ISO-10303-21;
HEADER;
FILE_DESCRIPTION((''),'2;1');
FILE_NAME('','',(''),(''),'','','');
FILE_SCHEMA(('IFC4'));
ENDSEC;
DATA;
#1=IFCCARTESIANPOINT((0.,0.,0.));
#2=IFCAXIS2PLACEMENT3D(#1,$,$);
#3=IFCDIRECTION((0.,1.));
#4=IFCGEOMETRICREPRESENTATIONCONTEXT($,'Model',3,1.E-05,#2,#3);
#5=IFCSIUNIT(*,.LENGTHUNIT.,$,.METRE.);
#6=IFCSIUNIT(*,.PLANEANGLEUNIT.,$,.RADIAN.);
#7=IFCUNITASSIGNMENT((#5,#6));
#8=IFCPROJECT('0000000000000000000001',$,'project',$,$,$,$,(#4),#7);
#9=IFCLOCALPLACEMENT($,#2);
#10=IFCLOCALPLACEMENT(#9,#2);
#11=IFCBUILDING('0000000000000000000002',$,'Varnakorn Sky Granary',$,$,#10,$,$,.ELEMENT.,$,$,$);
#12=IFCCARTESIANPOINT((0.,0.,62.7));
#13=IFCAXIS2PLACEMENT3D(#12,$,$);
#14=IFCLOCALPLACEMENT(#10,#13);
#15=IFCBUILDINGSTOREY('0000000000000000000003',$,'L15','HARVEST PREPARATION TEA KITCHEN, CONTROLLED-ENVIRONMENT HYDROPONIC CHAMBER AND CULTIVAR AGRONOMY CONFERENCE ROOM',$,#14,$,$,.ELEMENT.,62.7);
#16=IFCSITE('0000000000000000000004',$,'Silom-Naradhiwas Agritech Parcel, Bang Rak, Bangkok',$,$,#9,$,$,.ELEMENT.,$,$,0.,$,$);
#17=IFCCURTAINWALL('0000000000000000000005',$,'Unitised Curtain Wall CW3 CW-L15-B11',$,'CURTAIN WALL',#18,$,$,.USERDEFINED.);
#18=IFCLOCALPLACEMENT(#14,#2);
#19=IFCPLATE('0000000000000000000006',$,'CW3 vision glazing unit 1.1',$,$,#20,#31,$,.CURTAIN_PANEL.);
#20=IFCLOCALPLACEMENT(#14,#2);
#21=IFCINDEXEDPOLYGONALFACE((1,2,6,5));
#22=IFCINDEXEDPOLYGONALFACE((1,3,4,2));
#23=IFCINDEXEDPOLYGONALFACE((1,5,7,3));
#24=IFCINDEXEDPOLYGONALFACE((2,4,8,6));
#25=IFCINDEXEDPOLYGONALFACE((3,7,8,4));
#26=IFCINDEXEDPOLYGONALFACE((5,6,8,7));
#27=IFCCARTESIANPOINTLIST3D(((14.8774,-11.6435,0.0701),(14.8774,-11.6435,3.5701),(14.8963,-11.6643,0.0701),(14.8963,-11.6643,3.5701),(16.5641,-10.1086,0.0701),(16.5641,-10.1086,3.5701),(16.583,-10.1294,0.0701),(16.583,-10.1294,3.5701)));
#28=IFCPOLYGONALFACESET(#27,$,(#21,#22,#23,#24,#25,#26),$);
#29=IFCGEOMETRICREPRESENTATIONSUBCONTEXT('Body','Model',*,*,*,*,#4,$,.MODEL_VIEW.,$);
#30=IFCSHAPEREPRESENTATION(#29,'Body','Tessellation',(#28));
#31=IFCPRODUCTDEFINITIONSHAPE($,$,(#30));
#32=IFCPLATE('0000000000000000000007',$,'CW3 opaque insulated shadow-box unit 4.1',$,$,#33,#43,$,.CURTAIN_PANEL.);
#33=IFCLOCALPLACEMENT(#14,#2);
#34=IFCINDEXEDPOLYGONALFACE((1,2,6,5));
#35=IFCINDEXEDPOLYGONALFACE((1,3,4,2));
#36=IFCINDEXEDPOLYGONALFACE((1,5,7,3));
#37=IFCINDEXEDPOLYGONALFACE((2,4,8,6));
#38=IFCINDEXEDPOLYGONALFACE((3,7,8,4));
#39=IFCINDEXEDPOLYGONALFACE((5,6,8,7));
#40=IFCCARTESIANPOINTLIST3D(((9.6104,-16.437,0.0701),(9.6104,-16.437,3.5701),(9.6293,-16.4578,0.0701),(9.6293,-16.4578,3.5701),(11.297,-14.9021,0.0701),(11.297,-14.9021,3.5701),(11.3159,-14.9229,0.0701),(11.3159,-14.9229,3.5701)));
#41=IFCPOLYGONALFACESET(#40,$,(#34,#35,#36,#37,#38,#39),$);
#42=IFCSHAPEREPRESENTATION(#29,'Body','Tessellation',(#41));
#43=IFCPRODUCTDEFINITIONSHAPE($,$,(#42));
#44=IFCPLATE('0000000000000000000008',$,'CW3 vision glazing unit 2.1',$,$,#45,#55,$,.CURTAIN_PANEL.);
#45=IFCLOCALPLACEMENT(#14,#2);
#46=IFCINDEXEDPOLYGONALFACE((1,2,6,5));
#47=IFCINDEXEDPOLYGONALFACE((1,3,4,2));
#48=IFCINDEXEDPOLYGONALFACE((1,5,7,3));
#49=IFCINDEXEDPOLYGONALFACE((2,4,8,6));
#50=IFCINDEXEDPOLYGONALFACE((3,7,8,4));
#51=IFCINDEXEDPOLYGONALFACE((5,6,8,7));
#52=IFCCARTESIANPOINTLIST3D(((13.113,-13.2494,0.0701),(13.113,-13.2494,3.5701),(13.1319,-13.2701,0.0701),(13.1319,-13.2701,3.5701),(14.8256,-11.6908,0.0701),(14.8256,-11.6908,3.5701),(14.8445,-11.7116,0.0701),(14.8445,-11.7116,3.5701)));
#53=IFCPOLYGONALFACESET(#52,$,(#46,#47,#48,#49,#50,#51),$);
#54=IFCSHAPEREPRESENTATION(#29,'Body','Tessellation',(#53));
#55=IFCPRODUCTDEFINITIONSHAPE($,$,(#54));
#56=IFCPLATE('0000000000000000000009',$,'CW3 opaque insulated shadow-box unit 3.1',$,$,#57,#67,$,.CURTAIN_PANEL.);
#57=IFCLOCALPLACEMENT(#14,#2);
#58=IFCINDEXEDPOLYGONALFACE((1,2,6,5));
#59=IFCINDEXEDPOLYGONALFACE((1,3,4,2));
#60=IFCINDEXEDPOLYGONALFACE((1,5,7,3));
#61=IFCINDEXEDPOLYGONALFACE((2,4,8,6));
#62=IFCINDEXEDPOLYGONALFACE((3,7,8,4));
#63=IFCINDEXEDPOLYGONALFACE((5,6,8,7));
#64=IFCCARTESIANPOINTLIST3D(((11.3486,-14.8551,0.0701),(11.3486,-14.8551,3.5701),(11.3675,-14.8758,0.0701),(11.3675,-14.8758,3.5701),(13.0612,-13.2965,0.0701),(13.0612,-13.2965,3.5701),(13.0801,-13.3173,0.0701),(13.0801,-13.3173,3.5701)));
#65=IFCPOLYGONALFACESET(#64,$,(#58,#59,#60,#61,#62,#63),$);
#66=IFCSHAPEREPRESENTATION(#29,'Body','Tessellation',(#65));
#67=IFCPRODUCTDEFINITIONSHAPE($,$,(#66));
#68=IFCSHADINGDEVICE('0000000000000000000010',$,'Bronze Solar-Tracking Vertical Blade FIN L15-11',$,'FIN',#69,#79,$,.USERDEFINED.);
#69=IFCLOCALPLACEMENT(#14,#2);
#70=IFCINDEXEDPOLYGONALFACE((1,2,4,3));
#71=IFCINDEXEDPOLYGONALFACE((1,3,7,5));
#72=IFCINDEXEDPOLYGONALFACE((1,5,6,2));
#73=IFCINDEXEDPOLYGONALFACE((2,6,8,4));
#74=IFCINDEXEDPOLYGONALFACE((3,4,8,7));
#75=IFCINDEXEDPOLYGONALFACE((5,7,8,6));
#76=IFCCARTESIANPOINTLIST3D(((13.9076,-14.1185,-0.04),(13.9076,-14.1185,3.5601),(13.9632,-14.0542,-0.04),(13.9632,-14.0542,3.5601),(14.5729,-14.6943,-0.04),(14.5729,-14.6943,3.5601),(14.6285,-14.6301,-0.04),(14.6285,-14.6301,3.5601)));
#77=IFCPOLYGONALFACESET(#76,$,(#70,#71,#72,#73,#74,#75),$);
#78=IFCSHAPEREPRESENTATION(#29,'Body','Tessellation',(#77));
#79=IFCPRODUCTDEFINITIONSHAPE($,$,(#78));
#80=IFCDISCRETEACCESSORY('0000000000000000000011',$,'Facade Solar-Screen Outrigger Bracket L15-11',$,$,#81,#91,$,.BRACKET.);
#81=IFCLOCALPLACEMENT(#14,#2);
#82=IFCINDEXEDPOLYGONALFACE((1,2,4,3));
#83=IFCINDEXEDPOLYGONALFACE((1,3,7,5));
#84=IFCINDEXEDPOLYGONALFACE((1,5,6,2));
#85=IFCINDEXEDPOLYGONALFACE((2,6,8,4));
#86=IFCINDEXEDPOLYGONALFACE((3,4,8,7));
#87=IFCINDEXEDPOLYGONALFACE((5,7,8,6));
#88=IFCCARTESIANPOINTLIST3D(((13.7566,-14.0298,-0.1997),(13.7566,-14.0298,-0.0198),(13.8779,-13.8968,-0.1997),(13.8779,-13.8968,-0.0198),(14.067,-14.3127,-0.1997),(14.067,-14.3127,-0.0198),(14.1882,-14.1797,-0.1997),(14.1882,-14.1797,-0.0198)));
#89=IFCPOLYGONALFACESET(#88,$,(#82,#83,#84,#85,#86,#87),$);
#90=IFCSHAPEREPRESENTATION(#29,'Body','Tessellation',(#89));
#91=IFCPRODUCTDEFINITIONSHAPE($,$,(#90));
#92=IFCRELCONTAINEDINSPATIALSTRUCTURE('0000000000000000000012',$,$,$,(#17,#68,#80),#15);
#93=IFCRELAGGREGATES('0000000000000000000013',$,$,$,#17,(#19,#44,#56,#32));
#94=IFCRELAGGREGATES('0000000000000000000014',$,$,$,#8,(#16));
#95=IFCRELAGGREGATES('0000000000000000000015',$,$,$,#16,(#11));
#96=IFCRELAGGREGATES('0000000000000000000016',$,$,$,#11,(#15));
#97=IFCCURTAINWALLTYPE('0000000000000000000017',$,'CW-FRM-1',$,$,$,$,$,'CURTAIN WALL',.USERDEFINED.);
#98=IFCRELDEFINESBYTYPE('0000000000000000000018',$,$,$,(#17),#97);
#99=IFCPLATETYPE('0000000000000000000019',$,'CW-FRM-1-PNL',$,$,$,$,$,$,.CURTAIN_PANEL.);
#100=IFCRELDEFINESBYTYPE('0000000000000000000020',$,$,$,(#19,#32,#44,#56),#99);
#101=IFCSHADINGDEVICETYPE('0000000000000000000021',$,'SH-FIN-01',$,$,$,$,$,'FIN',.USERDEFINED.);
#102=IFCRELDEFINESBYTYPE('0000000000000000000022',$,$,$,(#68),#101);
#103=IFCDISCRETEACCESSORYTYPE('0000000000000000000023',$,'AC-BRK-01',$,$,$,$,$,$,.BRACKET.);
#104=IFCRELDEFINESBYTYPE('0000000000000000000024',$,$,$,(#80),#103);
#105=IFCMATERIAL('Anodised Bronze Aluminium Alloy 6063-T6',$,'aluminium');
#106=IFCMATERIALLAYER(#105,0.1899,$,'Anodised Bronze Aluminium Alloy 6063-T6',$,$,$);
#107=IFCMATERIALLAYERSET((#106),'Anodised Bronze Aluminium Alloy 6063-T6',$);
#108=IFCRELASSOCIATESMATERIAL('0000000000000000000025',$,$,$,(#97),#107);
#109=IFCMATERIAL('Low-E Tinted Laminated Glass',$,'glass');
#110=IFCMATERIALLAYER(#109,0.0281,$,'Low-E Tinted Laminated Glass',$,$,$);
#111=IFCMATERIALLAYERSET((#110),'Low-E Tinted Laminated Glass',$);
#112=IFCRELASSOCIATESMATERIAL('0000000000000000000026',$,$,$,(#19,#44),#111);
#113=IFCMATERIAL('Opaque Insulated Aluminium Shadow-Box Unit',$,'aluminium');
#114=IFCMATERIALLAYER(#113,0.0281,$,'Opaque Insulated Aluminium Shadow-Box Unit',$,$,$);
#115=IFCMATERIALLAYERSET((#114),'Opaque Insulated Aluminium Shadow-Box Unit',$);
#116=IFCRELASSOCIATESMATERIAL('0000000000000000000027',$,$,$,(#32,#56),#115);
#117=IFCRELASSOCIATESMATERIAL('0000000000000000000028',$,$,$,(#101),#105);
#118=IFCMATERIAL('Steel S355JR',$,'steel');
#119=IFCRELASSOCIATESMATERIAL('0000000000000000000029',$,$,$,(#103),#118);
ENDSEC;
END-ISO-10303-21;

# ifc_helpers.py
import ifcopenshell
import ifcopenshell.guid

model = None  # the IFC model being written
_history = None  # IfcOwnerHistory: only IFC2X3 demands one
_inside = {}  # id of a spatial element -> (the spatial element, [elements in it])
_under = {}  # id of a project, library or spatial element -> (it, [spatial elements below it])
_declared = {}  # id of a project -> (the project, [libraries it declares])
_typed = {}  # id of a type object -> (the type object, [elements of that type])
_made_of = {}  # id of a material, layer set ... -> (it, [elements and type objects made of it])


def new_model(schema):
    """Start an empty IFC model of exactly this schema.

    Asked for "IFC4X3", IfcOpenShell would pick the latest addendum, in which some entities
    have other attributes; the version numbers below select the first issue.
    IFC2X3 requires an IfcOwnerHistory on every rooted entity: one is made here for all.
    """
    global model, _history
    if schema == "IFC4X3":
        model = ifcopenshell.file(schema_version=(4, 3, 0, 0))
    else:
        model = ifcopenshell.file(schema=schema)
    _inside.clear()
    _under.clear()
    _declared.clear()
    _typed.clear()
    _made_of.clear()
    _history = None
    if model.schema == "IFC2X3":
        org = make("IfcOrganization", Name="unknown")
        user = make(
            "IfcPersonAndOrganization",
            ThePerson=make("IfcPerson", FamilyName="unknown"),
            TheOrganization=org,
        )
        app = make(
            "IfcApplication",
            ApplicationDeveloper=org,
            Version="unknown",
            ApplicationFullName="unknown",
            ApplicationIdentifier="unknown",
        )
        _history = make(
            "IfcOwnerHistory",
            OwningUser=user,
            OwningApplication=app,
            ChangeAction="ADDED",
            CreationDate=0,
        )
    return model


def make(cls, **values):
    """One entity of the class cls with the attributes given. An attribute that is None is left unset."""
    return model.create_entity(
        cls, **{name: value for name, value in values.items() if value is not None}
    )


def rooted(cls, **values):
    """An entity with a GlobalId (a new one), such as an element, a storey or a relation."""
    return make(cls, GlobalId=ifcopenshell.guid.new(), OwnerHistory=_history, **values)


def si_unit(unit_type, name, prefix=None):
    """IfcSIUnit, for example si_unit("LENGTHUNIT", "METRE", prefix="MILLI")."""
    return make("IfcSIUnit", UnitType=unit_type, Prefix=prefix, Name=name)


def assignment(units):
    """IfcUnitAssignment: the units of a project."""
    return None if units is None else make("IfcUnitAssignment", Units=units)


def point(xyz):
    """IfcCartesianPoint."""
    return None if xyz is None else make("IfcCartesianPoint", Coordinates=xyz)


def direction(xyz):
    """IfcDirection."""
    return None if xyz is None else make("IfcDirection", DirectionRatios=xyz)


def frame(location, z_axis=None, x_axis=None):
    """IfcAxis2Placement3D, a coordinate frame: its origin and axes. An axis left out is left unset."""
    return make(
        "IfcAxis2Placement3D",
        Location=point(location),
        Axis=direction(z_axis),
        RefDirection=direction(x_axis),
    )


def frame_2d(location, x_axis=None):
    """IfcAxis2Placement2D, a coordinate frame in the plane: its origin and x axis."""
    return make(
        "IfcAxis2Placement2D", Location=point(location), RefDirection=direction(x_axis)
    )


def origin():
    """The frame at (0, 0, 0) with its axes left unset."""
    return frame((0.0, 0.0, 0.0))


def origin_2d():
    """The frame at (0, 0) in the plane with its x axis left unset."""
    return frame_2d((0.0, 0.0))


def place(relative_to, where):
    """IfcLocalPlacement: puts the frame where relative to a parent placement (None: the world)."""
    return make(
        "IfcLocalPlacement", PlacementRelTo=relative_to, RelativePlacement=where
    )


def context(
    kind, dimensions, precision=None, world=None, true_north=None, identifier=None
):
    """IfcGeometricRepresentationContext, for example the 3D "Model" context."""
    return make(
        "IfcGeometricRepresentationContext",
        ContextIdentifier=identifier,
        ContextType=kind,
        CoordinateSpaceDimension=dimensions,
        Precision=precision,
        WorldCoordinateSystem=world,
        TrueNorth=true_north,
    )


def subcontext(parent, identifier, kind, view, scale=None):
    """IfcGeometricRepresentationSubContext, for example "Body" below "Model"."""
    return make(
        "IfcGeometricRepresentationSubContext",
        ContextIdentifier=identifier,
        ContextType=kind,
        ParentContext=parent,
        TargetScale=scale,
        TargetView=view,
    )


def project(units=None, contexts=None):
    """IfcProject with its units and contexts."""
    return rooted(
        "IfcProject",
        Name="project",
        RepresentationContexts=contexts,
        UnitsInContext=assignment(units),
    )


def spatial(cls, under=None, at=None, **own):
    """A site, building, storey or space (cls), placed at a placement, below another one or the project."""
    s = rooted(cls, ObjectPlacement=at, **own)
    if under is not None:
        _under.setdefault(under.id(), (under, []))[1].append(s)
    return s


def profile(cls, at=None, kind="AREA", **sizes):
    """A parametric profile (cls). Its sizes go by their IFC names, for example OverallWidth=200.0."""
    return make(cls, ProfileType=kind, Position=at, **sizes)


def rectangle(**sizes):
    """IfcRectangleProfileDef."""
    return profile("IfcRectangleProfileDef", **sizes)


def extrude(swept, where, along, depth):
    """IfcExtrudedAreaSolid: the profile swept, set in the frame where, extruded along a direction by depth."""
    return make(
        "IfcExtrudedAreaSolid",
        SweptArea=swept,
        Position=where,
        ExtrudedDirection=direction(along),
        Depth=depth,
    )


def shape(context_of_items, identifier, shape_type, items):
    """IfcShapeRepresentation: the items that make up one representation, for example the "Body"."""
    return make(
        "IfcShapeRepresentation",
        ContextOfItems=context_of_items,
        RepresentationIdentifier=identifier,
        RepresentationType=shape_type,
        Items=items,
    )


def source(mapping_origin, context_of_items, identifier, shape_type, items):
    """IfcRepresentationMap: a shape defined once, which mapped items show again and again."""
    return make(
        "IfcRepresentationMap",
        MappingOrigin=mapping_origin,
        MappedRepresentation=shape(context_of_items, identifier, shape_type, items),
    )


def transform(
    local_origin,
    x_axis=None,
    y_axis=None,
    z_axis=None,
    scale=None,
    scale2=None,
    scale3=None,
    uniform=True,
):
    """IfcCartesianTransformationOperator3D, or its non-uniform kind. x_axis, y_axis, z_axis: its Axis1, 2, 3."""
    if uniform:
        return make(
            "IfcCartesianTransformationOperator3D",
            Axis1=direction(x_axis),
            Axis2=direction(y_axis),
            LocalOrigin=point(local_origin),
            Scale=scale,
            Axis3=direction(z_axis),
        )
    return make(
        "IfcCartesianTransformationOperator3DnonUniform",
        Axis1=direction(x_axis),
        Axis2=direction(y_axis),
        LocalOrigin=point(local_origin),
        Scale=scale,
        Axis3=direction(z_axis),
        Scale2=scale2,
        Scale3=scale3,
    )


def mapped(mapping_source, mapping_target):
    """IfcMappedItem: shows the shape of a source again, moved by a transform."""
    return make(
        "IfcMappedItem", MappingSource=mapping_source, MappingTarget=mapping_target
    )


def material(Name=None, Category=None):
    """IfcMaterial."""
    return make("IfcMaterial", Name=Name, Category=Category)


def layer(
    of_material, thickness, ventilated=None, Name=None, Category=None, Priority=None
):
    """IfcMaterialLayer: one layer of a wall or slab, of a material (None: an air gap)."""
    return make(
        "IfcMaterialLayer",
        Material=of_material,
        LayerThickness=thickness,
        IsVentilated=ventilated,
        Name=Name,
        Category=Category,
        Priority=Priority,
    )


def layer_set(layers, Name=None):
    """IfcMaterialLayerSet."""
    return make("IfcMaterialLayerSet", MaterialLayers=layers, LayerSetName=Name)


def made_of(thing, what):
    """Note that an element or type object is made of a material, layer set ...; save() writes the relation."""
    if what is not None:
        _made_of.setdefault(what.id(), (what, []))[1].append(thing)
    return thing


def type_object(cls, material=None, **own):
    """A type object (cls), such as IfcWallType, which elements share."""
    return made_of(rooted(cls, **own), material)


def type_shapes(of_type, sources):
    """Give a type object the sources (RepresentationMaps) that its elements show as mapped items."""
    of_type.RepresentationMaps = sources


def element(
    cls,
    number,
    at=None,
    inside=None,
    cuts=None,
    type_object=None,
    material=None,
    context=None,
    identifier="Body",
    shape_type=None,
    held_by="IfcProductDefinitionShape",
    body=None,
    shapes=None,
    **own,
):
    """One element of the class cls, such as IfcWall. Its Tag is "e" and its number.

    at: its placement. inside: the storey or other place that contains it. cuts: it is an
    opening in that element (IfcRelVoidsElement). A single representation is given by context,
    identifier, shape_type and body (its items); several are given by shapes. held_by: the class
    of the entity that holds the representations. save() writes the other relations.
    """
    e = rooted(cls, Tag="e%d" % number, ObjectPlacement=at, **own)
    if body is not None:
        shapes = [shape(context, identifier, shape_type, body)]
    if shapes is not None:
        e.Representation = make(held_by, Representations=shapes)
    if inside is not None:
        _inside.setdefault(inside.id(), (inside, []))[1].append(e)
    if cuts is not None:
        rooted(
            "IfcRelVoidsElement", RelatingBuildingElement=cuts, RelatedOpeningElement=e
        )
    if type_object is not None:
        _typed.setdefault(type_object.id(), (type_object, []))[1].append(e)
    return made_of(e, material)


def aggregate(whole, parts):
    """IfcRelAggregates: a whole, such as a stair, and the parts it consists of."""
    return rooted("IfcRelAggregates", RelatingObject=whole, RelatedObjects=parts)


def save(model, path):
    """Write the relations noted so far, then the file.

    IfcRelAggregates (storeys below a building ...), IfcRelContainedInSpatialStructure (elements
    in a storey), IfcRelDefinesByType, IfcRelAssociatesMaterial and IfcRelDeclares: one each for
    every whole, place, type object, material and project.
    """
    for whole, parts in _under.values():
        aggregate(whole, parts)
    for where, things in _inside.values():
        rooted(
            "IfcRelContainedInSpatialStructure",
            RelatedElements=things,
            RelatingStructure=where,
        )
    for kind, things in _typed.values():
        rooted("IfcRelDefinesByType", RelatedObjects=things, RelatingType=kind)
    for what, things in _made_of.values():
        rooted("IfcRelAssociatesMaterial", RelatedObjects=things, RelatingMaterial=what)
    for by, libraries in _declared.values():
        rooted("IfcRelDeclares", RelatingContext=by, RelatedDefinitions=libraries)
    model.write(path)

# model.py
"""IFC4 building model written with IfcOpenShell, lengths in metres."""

from ifc_helpers import new_model, si_unit, direction, frame, origin, origin_2d, place, context, subcontext, project, spatial, rectangle, extrude, source, transform, mapped, material, layer, layer_set, type_object, type_shapes, element, aggregate, save


model = new_model("IFC4")

# Units and contexts
model_context = context("Model", 3, precision=1e-05, world=origin(), true_north=direction((0.0, 1.0)))
body_context = subcontext(model_context, "Body", "Model", "MODEL_VIEW")
ifc_project = project(units=[si_unit("LENGTHUNIT", "METRE"), si_unit("PLANEANGLEUNIT", "RADIAN")], contexts=[model_context])

# Site, building, storey
site_placement = place(None, origin())
site = spatial("IfcSite", under=ifc_project, at=site_placement, Name="Silom-Naradhiwas Agritech Parcel, Bang Rak, Bangkok", CompositionType="ELEMENT", RefElevation=0.0)
building_placement = place(site_placement, origin())
building = spatial("IfcBuilding", under=site, at=building_placement, Name="Varnakorn Sky Granary", CompositionType="ELEMENT")
storey_placement = place(building_placement, frame((0.0, 0.0, 62.7)))
storey = spatial("IfcBuildingStorey", under=building, at=storey_placement, Name="L15", Description="HARVEST PREPARATION TEA KITCHEN, CONTROLLED-ENVIRONMENT HYDROPONIC CHAMBER AND CULTIVAR AGRONOMY CONFERENCE ROOM", CompositionType="ELEMENT", Elevation=62.7)

# Shared definitions
ifc_material_1 = material(Name="Steel S355JR", Category="steel")

# Curtain wall
ifc_material_2 = material(Name="Anodised Bronze Aluminium Alloy 6063-T6", Category="aluminium")
ifc_layer_1 = layer(ifc_material_2, 0.1899, Name="Anodised Bronze Aluminium Alloy 6063-T6")
ifc_layer_set_1 = layer_set([ifc_layer_1], Name="Anodised Bronze Aluminium Alloy 6063-T6")
curtain_wall_type = type_object("IfcCurtainWallType", Name="CW-FRM-1", ElementType="CURTAIN WALL", PredefinedType="USERDEFINED", material=ifc_layer_set_1)
curtain_wall_placement = place(storey_placement, origin())
curtain_wall = element("IfcCurtainWall", 1, at=curtain_wall_placement, inside=storey, type_object=curtain_wall_type, Name="Unitised Curtain Wall CW3 CW-L15-B11", ObjectType="CURTAIN WALL", PredefinedType="USERDEFINED")

# Plates
ifc_material_3 = material(Name="Low-E Tinted Laminated Glass", Category="glass")
ifc_layer_2 = layer(ifc_material_3, 0.0281, Name="Low-E Tinted Laminated Glass")
ifc_layer_set_2 = layer_set([ifc_layer_2], Name="Low-E Tinted Laminated Glass")
plate_type_1 = type_object("IfcPlateType", Name="CW-FRM-1-PNL", PredefinedType="CURTAIN_PANEL")
shared_shape_1 = source(origin(), body_context, "Body", "SweptSolid", [
    extrude(rectangle(XDim=2.2805, YDim=0.0281, at=origin_2d()), origin(), (0.0, 0.0, 1.0), 3.5),
])
plate_1_placement = place(storey_placement, frame((15.7302, -10.8865, 0.0701), z_axis=(0.0, 0.0, 1.0), x_axis=(-0.739596, -0.673051, 0.0)))
plate_1 = element("IfcPlate", 2, at=plate_1_placement, type_object=plate_type_1, material=ifc_layer_set_2, Name="CW3 vision glazing unit 1.1", PredefinedType="CURTAIN_PANEL", context=body_context, shape_type="MappedRepresentation", body=[
    mapped(shared_shape_1, transform((0.0, 0.0, 0.0), x_axis=(1.0, 0.0, 0.0), y_axis=(0.0, 1.0, 0.0), z_axis=(0.0, 0.0, 1.0), scale=1.0)),
])
ifc_material_4 = material(Name="Opaque Insulated Aluminium Shadow-Box Unit", Category="aluminium")
ifc_layer_3 = layer(ifc_material_4, 0.0281, Name="Opaque Insulated Aluminium Shadow-Box Unit")
ifc_layer_set_3 = layer_set([ifc_layer_3], Name="Opaque Insulated Aluminium Shadow-Box Unit")
plate_2_placement = place(storey_placement, frame((10.4631, -15.6799, 0.0701), z_axis=(0.0, 0.0, 1.0), x_axis=(-0.739596, -0.673051, 0.0)))
plate_2 = element("IfcPlate", 3, at=plate_2_placement, type_object=plate_type_1, material=ifc_layer_set_3, Name="CW3 opaque insulated shadow-box unit 4.1", PredefinedType="CURTAIN_PANEL", context=body_context, shape_type="MappedRepresentation", body=[
    mapped(shared_shape_1, transform((0.0, 0.0, 0.0), x_axis=(1.0, 0.0, 0.0), y_axis=(0.0, 1.0, 0.0), z_axis=(0.0, 0.0, 1.0), scale=1.0)),
])
shared_shape_2 = source(origin(), body_context, "Body", "SweptSolid", [
    extrude(rectangle(XDim=2.3157, YDim=0.0281, at=origin_2d()), origin(), (0.0, 0.0, 1.0), 3.5),
])
type_shapes(plate_type_1, [shared_shape_1, shared_shape_2])
plate_3_placement = place(storey_placement, frame((13.9788, -12.4805, 0.0701), z_axis=(0.0, 0.0, 1.0), x_axis=(-0.739596, -0.673051, 0.0)))
plate_3 = element("IfcPlate", 4, at=plate_3_placement, type_object=plate_type_1, material=ifc_layer_set_2, Name="CW3 vision glazing unit 2.1", PredefinedType="CURTAIN_PANEL", context=body_context, shape_type="MappedRepresentation", body=[
    mapped(shared_shape_2, transform((0.0, 0.0, 0.0), x_axis=(1.0, 0.0, 0.0), y_axis=(0.0, 1.0, 0.0), z_axis=(0.0, 0.0, 1.0), scale=1.0)),
])
plate_4_placement = place(storey_placement, frame((12.2144, -14.0862, 0.0701), z_axis=(0.0, 0.0, 1.0), x_axis=(-0.739596, -0.673051, 0.0)))
plate_4 = element("IfcPlate", 5, at=plate_4_placement, type_object=plate_type_1, material=ifc_layer_set_3, Name="CW3 opaque insulated shadow-box unit 3.1", PredefinedType="CURTAIN_PANEL", context=body_context, shape_type="MappedRepresentation", body=[
    mapped(shared_shape_2, transform((0.0, 0.0, 0.0), x_axis=(1.0, 0.0, 0.0), y_axis=(0.0, 1.0, 0.0), z_axis=(0.0, 0.0, 1.0), scale=1.0)),
])
aggregate(curtain_wall, [plate_1, plate_3, plate_4, plate_2])

# Shading device
shading_device_type = type_object("IfcShadingDeviceType", Name="SH-FIN-01", ElementType="FIN", PredefinedType="USERDEFINED", material=ifc_material_2)
shared_shape_3 = source(origin(), body_context, "Body", "SweptSolid", [
    extrude(rectangle(XDim=0.085, YDim=0.8799, at=origin_2d()), origin(), (0.0, 0.0, 1.0), 3.6001),
])
type_shapes(shading_device_type, [shared_shape_3])
shading_device_placement = place(storey_placement, frame((14.2681, -14.3743, -0.04), z_axis=(0.0, 0.0, 1.0), x_axis=(0.654425, 0.756127, 0.0)))
element("IfcShadingDevice", 6, at=shading_device_placement, inside=storey, type_object=shading_device_type, Name="Bronze Solar-Tracking Vertical Blade FIN L15-11", ObjectType="FIN", PredefinedType="USERDEFINED", context=body_context, shape_type="MappedRepresentation", body=[
    mapped(shared_shape_3, transform((0.0, 0.0, 0.0), x_axis=(1.0, 0.0, 0.0), y_axis=(0.0, 1.0, 0.0), z_axis=(0.0, 0.0, 1.0), scale=1.0)),
])

# Discrete accessory
discrete_accessory_type = type_object("IfcDiscreteAccessoryType", Name="AC-BRK-01", PredefinedType="BRACKET", material=ifc_material_1)
shared_shape_4 = source(origin(), body_context, "Body", "SweptSolid", [
    extrude(rectangle(XDim=0.1799, YDim=0.4199, at=origin_2d()), origin(), (0.0, 0.0, 1.0), 0.1799),
])
type_shapes(discrete_accessory_type, [shared_shape_4])
discrete_accessory_placement = place(storey_placement, frame((13.9724, -14.1047, -0.1997), z_axis=(0.0, 0.0, 1.0), x_axis=(0.673691, 0.739013, 0.0)))
element("IfcDiscreteAccessory", 7, at=discrete_accessory_placement, inside=storey, type_object=discrete_accessory_type, Name="Facade Solar-Screen Outrigger Bracket L15-11", PredefinedType="BRACKET", context=body_context, shape_type="MappedRepresentation", body=[
    mapped(shared_shape_4, transform((0.0, 0.0, 0.0), x_axis=(1.0, 0.0, 0.0), y_axis=(0.0, 1.0, 0.0), z_axis=(0.0, 0.0, 1.0), scale=1.0)),
])

save(model, "model.ifc")
